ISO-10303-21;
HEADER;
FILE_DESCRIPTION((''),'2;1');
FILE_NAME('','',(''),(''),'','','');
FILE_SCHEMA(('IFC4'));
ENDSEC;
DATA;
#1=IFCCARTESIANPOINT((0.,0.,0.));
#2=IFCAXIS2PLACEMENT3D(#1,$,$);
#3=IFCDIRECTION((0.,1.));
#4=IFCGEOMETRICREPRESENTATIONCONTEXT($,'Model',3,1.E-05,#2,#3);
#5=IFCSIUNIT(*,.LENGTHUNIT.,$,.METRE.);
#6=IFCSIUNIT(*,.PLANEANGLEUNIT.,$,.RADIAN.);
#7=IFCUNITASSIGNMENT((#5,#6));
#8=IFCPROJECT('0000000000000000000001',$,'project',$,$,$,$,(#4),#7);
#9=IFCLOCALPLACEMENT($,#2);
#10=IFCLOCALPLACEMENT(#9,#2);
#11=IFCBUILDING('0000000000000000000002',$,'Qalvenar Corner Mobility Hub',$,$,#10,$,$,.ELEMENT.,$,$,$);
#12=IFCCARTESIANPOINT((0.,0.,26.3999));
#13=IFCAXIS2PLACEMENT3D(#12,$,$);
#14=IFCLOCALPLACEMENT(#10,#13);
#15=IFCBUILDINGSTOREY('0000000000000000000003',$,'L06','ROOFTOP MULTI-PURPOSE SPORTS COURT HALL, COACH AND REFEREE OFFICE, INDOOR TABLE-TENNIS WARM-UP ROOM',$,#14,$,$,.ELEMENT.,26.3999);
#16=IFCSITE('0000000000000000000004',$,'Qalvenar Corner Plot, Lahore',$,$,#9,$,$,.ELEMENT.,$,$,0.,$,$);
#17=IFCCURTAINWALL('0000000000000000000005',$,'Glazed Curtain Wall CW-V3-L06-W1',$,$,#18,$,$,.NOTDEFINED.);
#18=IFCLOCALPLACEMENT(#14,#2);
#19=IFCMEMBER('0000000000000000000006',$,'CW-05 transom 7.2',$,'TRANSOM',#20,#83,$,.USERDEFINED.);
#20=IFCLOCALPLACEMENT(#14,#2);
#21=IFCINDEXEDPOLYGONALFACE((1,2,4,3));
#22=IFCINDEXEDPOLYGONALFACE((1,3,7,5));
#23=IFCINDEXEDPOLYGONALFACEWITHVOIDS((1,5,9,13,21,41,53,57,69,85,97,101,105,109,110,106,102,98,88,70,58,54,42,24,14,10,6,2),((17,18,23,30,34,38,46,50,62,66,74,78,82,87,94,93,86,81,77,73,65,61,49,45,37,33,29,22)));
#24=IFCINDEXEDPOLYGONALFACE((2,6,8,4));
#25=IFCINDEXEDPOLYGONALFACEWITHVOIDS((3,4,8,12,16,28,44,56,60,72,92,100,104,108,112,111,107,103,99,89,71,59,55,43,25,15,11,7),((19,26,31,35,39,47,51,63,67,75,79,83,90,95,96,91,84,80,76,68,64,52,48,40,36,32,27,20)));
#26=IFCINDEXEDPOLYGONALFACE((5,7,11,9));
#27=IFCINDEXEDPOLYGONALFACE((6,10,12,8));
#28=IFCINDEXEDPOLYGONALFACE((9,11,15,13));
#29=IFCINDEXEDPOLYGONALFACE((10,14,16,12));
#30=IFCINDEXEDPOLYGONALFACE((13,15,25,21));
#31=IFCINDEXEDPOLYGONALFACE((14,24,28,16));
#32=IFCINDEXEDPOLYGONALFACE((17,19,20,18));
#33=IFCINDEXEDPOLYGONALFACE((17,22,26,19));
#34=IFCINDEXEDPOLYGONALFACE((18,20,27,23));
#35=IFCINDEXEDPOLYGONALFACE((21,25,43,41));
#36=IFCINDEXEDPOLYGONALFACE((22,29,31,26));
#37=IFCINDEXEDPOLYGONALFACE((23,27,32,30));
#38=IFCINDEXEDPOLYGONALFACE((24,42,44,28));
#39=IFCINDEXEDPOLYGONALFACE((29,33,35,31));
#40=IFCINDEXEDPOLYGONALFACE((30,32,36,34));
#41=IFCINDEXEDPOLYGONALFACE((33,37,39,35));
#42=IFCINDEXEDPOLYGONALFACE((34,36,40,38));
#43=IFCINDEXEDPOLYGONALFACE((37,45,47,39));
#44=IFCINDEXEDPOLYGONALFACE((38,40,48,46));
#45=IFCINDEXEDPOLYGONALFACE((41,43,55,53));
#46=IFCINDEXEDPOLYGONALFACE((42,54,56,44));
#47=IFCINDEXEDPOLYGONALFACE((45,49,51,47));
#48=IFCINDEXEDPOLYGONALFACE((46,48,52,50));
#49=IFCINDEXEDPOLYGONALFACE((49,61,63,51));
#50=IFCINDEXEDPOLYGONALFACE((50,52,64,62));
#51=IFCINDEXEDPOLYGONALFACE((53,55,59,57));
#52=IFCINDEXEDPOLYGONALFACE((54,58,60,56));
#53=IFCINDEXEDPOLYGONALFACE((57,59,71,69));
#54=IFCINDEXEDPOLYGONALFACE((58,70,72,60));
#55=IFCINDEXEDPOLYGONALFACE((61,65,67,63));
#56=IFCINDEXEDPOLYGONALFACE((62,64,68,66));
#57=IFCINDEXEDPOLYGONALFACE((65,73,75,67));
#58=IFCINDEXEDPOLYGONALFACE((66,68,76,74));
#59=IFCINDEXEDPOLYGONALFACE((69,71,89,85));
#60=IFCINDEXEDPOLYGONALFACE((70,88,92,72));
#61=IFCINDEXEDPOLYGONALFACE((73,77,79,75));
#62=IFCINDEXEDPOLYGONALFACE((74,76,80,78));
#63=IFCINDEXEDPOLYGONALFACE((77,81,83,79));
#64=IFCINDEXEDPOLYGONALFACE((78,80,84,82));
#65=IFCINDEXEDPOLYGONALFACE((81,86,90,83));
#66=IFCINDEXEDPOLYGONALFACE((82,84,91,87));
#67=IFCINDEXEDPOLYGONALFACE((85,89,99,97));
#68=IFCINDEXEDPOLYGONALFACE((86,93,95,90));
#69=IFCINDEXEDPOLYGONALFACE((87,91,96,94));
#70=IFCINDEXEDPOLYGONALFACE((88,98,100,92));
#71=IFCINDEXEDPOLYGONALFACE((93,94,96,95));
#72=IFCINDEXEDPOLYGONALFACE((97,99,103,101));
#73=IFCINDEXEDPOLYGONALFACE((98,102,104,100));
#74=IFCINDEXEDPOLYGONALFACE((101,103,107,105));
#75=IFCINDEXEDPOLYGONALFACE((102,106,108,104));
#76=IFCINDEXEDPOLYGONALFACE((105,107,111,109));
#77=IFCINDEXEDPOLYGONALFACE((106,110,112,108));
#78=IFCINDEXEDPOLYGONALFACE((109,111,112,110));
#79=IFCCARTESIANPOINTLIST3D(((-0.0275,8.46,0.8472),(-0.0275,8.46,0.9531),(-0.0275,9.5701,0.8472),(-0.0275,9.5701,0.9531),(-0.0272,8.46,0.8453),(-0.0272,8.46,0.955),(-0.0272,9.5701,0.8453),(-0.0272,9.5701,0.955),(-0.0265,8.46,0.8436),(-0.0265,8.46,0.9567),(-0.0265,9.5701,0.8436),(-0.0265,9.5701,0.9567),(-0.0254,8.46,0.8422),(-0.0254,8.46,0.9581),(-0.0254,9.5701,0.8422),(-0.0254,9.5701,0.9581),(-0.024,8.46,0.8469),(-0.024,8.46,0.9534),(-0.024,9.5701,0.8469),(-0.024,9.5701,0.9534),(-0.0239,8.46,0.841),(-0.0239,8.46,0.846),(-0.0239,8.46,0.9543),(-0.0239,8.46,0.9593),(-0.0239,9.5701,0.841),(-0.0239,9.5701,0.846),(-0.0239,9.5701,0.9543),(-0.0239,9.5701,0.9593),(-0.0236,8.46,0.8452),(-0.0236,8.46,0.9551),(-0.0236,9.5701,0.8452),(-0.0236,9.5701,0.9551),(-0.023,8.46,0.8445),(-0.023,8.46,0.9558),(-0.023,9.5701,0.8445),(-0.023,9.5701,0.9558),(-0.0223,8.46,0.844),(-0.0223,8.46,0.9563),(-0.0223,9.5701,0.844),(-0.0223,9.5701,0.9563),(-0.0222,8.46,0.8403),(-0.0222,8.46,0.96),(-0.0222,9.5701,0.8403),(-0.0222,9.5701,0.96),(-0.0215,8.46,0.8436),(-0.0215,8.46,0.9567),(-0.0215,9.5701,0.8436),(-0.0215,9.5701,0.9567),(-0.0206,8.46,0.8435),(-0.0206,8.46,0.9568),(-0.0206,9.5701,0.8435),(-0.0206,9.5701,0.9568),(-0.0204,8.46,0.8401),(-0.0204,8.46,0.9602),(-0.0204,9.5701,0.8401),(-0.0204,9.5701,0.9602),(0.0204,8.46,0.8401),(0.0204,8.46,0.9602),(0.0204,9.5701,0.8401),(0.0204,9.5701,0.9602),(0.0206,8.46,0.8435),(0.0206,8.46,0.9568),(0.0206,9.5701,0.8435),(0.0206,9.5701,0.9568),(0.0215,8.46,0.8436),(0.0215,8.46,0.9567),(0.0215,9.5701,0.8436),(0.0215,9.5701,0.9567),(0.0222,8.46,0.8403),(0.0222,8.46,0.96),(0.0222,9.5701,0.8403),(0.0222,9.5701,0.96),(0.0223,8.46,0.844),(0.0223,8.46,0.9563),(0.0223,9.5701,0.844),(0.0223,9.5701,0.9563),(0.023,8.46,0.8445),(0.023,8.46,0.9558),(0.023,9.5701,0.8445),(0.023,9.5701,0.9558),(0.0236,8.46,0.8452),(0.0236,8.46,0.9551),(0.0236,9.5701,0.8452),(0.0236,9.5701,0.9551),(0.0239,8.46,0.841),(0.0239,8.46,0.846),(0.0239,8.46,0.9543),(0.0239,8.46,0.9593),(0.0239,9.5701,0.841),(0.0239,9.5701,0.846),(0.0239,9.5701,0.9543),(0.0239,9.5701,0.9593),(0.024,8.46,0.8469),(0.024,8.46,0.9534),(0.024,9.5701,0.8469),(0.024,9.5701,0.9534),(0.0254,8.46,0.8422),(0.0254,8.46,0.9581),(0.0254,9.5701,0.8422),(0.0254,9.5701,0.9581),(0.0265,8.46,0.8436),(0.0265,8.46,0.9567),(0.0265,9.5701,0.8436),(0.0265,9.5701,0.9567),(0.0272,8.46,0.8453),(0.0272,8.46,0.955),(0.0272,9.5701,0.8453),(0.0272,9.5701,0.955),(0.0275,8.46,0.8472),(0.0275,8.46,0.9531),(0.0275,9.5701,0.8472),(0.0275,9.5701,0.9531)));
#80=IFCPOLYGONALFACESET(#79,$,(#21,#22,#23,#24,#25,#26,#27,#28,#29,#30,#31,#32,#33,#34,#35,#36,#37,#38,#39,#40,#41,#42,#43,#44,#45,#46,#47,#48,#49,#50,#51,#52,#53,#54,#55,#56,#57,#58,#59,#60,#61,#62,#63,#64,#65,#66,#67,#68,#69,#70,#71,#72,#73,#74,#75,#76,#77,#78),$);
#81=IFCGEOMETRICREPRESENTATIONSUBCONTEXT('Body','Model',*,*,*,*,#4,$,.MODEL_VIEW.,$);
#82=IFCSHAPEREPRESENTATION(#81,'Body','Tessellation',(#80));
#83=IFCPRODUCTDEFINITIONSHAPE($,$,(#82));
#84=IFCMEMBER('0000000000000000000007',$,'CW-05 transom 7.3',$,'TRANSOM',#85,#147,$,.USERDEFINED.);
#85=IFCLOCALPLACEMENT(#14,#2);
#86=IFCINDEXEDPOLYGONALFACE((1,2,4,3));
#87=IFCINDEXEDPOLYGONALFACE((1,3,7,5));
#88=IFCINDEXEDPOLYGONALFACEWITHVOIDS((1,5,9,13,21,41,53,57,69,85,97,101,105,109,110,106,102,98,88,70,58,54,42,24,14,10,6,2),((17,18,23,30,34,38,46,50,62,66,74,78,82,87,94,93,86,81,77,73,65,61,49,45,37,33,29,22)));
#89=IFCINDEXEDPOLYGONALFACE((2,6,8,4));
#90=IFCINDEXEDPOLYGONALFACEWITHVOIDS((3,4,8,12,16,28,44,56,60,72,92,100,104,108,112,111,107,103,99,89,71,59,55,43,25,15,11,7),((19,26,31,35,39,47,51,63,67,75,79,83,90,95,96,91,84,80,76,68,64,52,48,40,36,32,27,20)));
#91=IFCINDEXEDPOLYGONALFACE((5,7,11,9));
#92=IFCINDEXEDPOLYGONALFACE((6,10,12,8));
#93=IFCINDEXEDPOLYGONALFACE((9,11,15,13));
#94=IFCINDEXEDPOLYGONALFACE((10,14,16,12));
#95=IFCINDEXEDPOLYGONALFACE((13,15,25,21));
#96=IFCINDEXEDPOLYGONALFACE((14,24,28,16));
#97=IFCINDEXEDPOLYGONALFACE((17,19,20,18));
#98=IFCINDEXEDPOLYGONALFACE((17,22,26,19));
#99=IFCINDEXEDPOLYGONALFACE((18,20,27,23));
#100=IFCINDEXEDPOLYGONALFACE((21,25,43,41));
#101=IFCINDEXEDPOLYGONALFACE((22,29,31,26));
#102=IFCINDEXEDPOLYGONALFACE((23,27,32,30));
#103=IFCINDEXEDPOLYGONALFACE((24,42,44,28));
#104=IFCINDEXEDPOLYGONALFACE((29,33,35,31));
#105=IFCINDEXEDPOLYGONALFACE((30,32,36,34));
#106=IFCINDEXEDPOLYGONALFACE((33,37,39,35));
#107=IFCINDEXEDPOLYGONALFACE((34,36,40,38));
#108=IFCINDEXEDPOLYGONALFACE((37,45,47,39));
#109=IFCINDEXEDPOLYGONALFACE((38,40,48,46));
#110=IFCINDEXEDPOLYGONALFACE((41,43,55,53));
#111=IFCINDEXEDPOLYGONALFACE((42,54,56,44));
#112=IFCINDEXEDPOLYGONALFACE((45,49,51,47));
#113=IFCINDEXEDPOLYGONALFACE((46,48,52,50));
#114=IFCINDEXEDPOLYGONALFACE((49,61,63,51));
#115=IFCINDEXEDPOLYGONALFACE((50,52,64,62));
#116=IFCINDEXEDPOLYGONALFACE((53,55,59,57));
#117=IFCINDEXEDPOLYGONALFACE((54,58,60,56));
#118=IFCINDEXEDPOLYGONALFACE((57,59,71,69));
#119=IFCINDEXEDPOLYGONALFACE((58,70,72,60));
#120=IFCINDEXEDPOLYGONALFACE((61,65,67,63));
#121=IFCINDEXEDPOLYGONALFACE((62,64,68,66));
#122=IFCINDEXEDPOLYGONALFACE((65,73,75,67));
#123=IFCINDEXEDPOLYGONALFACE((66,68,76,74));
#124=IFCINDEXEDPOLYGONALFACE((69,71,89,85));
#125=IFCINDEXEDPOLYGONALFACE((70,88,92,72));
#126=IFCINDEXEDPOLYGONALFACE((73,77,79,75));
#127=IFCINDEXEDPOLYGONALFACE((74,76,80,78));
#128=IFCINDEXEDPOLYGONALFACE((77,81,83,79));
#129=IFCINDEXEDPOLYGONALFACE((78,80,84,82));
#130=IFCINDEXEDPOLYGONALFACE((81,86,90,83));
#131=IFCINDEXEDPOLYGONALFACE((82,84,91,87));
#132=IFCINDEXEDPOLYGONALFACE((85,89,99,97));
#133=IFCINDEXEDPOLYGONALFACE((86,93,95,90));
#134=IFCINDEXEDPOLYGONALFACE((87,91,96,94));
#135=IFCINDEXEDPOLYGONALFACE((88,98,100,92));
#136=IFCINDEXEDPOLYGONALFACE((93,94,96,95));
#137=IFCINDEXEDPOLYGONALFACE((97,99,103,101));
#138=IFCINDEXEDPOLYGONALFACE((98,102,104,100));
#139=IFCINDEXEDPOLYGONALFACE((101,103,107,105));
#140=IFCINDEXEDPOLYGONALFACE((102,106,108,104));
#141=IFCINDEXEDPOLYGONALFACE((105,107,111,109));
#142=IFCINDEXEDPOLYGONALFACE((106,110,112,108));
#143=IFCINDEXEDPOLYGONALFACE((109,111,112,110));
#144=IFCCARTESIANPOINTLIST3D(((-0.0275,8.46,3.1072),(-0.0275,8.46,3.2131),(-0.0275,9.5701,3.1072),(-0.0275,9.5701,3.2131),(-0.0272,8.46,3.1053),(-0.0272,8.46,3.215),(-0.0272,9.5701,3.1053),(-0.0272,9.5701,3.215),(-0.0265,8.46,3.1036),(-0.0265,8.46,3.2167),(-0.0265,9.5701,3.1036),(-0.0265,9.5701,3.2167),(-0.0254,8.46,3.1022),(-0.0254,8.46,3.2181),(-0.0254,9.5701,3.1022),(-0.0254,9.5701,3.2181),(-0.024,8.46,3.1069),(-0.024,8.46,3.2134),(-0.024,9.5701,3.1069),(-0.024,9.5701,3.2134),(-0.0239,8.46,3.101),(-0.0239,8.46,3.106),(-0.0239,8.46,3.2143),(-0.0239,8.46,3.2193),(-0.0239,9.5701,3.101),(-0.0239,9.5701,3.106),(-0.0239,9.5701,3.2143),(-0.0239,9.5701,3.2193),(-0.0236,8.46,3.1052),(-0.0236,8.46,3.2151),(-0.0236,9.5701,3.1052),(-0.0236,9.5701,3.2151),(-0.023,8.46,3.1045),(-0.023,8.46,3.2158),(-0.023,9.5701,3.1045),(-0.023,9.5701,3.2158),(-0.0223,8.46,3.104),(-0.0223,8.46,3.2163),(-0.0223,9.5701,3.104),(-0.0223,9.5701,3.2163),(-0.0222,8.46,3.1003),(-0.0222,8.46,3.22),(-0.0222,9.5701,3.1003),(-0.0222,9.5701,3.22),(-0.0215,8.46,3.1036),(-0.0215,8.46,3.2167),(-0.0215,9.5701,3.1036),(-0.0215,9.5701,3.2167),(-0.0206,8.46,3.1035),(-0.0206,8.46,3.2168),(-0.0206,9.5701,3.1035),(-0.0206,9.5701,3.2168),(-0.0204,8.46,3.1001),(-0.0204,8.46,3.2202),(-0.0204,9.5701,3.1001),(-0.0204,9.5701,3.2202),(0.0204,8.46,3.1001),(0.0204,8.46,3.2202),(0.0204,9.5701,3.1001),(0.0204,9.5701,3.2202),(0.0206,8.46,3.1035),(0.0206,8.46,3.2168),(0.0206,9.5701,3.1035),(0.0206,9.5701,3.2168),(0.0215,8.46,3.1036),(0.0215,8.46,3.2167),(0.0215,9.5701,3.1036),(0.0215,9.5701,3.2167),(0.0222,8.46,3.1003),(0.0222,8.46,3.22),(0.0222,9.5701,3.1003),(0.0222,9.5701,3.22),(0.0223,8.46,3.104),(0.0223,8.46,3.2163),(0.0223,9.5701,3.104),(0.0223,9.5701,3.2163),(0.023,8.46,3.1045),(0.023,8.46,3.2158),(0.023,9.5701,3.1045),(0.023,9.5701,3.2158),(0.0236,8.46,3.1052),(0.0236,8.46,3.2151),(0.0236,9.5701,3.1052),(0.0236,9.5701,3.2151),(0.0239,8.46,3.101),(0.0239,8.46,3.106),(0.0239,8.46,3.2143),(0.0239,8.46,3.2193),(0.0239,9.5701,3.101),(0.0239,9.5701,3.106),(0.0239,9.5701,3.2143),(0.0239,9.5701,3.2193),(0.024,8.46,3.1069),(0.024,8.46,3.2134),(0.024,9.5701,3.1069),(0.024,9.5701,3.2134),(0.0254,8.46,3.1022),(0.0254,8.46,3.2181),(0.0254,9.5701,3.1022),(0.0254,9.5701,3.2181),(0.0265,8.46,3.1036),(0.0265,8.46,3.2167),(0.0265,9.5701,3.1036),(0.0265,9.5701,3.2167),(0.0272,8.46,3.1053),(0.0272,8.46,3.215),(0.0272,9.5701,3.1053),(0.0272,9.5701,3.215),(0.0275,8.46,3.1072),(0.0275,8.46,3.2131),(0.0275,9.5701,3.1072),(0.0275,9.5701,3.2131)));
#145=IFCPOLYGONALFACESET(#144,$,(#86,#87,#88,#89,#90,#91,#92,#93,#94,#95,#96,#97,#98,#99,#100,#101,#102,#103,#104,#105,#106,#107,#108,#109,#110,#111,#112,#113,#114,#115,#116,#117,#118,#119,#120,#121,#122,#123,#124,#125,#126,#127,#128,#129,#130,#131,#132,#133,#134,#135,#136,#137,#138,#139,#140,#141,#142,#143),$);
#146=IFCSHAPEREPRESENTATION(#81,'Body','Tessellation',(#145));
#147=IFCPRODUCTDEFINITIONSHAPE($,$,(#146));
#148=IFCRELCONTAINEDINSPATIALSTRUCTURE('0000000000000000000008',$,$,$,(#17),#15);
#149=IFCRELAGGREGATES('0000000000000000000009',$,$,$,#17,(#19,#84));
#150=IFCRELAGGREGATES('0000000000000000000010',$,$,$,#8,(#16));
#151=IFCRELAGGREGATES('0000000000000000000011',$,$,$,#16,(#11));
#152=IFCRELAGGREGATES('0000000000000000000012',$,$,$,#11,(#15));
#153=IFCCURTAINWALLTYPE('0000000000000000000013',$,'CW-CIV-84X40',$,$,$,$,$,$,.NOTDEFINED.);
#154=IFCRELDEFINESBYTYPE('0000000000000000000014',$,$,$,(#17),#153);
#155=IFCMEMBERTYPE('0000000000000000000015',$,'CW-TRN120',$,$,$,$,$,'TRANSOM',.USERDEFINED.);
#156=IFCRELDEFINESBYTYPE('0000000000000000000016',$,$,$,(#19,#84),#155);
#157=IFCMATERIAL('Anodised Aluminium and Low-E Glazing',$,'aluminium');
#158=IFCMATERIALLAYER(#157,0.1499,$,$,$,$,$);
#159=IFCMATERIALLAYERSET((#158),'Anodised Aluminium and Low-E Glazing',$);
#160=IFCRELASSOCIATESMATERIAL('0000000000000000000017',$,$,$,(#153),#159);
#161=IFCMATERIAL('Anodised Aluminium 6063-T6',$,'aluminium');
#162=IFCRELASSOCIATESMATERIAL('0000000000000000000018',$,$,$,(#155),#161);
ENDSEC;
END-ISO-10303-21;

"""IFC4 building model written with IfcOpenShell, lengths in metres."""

from ifc_helpers import new_model, si_unit, direction, frame, origin, origin_2d, place, context, subcontext, project, spatial, hollow_rectangle, extrude, material, layer, layer_set, material_profile, profile_set, type_object, element, aggregate, save


model = new_model("IFC4")

# Units and contexts
model_context = context("Model", 3, precision=1e-05, world=origin(), true_north=direction((0.0, 1.0)))
body_context = subcontext(model_context, "Body", "Model", "MODEL_VIEW")
ifc_project = project(units=[si_unit("LENGTHUNIT", "METRE"), si_unit("PLANEANGLEUNIT", "RADIAN")], contexts=[model_context])

# Site, building, storey
site_placement = place(None, origin())
site = spatial("IfcSite", under=ifc_project, at=site_placement, Name="Qalvenar Corner Plot, Lahore", CompositionType="ELEMENT", RefElevation=0.0)
building_placement = place(site_placement, origin())
building = spatial("IfcBuilding", under=site, at=building_placement, Name="Qalvenar Corner Mobility Hub", CompositionType="ELEMENT")
storey_placement = place(building_placement, frame((0.0, 0.0, 26.3999)))
storey = spatial("IfcBuildingStorey", under=building, at=storey_placement, Name="L06", Description="ROOFTOP MULTI-PURPOSE SPORTS COURT HALL, COACH AND REFEREE OFFICE, INDOOR TABLE-TENNIS WARM-UP ROOM", CompositionType="ELEMENT", Elevation=26.3999)

# Curtain wall
ifc_material_1 = material(Name="Anodised Aluminium and Low-E Glazing", Category="aluminium")
ifc_material_2 = material(Name="Anodised Aluminium 6063-T6", Category="aluminium")
ifc_layer_1 = layer(ifc_material_1, 0.1499)
ifc_layer_set_1 = layer_set([ifc_layer_1], Name="Anodised Aluminium and Low-E Glazing")
curtain_wall_type_1 = type_object("IfcCurtainWallType", Name="CW-CIV-84X40", PredefinedType="NOTDEFINED", material=ifc_layer_set_1)
curtain_wall_1_placement = place(storey_placement, origin())
curtain_wall_1 = element("IfcCurtainWall", 1, at=curtain_wall_1_placement, inside=storey, type_object=curtain_wall_type_1, Name="Glazed Curtain Wall CW-V3-L06-W1", PredefinedType="NOTDEFINED")

# Members
ifc_material_profile_1 = material_profile(ifc_material_2, hollow_rectangle(XDim=0.0549, YDim=0.1201, WallThickness=0.0034, InnerFilletRadius=0.0034, OuterFilletRadius=0.0071, at=origin_2d()), Name="RHS120x55x3.5")
ifc_profile_set_1 = profile_set([ifc_material_profile_1], Name="Anodised Aluminium 6063-T6")
member_type_1 = type_object("IfcMemberType", Name="CW-TRN120", ElementType="TRANSOM", PredefinedType="USERDEFINED", material=ifc_profile_set_1)
member_1_placement = place(storey_placement, frame((0.0, 9.5701, 0.9001), z_axis=(0.0, -1.0, 0.0), x_axis=(1.0, 0.0, 0.0)))
member_1 = element("IfcMember", 2, at=member_1_placement, type_object=member_type_1, Name="CW-05 transom 7.2", ObjectType="TRANSOM", PredefinedType="USERDEFINED", context=body_context, shape_type="SweptSolid", body=[
    extrude(hollow_rectangle(XDim=0.0549, YDim=0.1201, WallThickness=0.0034, InnerFilletRadius=0.0034, OuterFilletRadius=0.0071, at=origin_2d()), origin(), (0.0, 0.0, 1.0), 1.1101),
])
member_2_placement = place(storey_placement, frame((0.0, 9.5701, 3.1602), z_axis=(0.0, -1.0, 0.0), x_axis=(1.0, 0.0, 0.0)))
member_2 = element("IfcMember", 3, at=member_2_placement, type_object=member_type_1, Name="CW-05 transom 7.3", ObjectType="TRANSOM", PredefinedType="USERDEFINED", context=body_context, shape_type="SweptSolid", body=[
    extrude(hollow_rectangle(XDim=0.0549, YDim=0.1201, WallThickness=0.0034, InnerFilletRadius=0.0034, OuterFilletRadius=0.0071, at=origin_2d()), origin(), (0.0, 0.0, 1.0), 1.1101),
])

aggregate(curtain_wall_1, [member_1, member_2])

save(model, "model.ifc")
